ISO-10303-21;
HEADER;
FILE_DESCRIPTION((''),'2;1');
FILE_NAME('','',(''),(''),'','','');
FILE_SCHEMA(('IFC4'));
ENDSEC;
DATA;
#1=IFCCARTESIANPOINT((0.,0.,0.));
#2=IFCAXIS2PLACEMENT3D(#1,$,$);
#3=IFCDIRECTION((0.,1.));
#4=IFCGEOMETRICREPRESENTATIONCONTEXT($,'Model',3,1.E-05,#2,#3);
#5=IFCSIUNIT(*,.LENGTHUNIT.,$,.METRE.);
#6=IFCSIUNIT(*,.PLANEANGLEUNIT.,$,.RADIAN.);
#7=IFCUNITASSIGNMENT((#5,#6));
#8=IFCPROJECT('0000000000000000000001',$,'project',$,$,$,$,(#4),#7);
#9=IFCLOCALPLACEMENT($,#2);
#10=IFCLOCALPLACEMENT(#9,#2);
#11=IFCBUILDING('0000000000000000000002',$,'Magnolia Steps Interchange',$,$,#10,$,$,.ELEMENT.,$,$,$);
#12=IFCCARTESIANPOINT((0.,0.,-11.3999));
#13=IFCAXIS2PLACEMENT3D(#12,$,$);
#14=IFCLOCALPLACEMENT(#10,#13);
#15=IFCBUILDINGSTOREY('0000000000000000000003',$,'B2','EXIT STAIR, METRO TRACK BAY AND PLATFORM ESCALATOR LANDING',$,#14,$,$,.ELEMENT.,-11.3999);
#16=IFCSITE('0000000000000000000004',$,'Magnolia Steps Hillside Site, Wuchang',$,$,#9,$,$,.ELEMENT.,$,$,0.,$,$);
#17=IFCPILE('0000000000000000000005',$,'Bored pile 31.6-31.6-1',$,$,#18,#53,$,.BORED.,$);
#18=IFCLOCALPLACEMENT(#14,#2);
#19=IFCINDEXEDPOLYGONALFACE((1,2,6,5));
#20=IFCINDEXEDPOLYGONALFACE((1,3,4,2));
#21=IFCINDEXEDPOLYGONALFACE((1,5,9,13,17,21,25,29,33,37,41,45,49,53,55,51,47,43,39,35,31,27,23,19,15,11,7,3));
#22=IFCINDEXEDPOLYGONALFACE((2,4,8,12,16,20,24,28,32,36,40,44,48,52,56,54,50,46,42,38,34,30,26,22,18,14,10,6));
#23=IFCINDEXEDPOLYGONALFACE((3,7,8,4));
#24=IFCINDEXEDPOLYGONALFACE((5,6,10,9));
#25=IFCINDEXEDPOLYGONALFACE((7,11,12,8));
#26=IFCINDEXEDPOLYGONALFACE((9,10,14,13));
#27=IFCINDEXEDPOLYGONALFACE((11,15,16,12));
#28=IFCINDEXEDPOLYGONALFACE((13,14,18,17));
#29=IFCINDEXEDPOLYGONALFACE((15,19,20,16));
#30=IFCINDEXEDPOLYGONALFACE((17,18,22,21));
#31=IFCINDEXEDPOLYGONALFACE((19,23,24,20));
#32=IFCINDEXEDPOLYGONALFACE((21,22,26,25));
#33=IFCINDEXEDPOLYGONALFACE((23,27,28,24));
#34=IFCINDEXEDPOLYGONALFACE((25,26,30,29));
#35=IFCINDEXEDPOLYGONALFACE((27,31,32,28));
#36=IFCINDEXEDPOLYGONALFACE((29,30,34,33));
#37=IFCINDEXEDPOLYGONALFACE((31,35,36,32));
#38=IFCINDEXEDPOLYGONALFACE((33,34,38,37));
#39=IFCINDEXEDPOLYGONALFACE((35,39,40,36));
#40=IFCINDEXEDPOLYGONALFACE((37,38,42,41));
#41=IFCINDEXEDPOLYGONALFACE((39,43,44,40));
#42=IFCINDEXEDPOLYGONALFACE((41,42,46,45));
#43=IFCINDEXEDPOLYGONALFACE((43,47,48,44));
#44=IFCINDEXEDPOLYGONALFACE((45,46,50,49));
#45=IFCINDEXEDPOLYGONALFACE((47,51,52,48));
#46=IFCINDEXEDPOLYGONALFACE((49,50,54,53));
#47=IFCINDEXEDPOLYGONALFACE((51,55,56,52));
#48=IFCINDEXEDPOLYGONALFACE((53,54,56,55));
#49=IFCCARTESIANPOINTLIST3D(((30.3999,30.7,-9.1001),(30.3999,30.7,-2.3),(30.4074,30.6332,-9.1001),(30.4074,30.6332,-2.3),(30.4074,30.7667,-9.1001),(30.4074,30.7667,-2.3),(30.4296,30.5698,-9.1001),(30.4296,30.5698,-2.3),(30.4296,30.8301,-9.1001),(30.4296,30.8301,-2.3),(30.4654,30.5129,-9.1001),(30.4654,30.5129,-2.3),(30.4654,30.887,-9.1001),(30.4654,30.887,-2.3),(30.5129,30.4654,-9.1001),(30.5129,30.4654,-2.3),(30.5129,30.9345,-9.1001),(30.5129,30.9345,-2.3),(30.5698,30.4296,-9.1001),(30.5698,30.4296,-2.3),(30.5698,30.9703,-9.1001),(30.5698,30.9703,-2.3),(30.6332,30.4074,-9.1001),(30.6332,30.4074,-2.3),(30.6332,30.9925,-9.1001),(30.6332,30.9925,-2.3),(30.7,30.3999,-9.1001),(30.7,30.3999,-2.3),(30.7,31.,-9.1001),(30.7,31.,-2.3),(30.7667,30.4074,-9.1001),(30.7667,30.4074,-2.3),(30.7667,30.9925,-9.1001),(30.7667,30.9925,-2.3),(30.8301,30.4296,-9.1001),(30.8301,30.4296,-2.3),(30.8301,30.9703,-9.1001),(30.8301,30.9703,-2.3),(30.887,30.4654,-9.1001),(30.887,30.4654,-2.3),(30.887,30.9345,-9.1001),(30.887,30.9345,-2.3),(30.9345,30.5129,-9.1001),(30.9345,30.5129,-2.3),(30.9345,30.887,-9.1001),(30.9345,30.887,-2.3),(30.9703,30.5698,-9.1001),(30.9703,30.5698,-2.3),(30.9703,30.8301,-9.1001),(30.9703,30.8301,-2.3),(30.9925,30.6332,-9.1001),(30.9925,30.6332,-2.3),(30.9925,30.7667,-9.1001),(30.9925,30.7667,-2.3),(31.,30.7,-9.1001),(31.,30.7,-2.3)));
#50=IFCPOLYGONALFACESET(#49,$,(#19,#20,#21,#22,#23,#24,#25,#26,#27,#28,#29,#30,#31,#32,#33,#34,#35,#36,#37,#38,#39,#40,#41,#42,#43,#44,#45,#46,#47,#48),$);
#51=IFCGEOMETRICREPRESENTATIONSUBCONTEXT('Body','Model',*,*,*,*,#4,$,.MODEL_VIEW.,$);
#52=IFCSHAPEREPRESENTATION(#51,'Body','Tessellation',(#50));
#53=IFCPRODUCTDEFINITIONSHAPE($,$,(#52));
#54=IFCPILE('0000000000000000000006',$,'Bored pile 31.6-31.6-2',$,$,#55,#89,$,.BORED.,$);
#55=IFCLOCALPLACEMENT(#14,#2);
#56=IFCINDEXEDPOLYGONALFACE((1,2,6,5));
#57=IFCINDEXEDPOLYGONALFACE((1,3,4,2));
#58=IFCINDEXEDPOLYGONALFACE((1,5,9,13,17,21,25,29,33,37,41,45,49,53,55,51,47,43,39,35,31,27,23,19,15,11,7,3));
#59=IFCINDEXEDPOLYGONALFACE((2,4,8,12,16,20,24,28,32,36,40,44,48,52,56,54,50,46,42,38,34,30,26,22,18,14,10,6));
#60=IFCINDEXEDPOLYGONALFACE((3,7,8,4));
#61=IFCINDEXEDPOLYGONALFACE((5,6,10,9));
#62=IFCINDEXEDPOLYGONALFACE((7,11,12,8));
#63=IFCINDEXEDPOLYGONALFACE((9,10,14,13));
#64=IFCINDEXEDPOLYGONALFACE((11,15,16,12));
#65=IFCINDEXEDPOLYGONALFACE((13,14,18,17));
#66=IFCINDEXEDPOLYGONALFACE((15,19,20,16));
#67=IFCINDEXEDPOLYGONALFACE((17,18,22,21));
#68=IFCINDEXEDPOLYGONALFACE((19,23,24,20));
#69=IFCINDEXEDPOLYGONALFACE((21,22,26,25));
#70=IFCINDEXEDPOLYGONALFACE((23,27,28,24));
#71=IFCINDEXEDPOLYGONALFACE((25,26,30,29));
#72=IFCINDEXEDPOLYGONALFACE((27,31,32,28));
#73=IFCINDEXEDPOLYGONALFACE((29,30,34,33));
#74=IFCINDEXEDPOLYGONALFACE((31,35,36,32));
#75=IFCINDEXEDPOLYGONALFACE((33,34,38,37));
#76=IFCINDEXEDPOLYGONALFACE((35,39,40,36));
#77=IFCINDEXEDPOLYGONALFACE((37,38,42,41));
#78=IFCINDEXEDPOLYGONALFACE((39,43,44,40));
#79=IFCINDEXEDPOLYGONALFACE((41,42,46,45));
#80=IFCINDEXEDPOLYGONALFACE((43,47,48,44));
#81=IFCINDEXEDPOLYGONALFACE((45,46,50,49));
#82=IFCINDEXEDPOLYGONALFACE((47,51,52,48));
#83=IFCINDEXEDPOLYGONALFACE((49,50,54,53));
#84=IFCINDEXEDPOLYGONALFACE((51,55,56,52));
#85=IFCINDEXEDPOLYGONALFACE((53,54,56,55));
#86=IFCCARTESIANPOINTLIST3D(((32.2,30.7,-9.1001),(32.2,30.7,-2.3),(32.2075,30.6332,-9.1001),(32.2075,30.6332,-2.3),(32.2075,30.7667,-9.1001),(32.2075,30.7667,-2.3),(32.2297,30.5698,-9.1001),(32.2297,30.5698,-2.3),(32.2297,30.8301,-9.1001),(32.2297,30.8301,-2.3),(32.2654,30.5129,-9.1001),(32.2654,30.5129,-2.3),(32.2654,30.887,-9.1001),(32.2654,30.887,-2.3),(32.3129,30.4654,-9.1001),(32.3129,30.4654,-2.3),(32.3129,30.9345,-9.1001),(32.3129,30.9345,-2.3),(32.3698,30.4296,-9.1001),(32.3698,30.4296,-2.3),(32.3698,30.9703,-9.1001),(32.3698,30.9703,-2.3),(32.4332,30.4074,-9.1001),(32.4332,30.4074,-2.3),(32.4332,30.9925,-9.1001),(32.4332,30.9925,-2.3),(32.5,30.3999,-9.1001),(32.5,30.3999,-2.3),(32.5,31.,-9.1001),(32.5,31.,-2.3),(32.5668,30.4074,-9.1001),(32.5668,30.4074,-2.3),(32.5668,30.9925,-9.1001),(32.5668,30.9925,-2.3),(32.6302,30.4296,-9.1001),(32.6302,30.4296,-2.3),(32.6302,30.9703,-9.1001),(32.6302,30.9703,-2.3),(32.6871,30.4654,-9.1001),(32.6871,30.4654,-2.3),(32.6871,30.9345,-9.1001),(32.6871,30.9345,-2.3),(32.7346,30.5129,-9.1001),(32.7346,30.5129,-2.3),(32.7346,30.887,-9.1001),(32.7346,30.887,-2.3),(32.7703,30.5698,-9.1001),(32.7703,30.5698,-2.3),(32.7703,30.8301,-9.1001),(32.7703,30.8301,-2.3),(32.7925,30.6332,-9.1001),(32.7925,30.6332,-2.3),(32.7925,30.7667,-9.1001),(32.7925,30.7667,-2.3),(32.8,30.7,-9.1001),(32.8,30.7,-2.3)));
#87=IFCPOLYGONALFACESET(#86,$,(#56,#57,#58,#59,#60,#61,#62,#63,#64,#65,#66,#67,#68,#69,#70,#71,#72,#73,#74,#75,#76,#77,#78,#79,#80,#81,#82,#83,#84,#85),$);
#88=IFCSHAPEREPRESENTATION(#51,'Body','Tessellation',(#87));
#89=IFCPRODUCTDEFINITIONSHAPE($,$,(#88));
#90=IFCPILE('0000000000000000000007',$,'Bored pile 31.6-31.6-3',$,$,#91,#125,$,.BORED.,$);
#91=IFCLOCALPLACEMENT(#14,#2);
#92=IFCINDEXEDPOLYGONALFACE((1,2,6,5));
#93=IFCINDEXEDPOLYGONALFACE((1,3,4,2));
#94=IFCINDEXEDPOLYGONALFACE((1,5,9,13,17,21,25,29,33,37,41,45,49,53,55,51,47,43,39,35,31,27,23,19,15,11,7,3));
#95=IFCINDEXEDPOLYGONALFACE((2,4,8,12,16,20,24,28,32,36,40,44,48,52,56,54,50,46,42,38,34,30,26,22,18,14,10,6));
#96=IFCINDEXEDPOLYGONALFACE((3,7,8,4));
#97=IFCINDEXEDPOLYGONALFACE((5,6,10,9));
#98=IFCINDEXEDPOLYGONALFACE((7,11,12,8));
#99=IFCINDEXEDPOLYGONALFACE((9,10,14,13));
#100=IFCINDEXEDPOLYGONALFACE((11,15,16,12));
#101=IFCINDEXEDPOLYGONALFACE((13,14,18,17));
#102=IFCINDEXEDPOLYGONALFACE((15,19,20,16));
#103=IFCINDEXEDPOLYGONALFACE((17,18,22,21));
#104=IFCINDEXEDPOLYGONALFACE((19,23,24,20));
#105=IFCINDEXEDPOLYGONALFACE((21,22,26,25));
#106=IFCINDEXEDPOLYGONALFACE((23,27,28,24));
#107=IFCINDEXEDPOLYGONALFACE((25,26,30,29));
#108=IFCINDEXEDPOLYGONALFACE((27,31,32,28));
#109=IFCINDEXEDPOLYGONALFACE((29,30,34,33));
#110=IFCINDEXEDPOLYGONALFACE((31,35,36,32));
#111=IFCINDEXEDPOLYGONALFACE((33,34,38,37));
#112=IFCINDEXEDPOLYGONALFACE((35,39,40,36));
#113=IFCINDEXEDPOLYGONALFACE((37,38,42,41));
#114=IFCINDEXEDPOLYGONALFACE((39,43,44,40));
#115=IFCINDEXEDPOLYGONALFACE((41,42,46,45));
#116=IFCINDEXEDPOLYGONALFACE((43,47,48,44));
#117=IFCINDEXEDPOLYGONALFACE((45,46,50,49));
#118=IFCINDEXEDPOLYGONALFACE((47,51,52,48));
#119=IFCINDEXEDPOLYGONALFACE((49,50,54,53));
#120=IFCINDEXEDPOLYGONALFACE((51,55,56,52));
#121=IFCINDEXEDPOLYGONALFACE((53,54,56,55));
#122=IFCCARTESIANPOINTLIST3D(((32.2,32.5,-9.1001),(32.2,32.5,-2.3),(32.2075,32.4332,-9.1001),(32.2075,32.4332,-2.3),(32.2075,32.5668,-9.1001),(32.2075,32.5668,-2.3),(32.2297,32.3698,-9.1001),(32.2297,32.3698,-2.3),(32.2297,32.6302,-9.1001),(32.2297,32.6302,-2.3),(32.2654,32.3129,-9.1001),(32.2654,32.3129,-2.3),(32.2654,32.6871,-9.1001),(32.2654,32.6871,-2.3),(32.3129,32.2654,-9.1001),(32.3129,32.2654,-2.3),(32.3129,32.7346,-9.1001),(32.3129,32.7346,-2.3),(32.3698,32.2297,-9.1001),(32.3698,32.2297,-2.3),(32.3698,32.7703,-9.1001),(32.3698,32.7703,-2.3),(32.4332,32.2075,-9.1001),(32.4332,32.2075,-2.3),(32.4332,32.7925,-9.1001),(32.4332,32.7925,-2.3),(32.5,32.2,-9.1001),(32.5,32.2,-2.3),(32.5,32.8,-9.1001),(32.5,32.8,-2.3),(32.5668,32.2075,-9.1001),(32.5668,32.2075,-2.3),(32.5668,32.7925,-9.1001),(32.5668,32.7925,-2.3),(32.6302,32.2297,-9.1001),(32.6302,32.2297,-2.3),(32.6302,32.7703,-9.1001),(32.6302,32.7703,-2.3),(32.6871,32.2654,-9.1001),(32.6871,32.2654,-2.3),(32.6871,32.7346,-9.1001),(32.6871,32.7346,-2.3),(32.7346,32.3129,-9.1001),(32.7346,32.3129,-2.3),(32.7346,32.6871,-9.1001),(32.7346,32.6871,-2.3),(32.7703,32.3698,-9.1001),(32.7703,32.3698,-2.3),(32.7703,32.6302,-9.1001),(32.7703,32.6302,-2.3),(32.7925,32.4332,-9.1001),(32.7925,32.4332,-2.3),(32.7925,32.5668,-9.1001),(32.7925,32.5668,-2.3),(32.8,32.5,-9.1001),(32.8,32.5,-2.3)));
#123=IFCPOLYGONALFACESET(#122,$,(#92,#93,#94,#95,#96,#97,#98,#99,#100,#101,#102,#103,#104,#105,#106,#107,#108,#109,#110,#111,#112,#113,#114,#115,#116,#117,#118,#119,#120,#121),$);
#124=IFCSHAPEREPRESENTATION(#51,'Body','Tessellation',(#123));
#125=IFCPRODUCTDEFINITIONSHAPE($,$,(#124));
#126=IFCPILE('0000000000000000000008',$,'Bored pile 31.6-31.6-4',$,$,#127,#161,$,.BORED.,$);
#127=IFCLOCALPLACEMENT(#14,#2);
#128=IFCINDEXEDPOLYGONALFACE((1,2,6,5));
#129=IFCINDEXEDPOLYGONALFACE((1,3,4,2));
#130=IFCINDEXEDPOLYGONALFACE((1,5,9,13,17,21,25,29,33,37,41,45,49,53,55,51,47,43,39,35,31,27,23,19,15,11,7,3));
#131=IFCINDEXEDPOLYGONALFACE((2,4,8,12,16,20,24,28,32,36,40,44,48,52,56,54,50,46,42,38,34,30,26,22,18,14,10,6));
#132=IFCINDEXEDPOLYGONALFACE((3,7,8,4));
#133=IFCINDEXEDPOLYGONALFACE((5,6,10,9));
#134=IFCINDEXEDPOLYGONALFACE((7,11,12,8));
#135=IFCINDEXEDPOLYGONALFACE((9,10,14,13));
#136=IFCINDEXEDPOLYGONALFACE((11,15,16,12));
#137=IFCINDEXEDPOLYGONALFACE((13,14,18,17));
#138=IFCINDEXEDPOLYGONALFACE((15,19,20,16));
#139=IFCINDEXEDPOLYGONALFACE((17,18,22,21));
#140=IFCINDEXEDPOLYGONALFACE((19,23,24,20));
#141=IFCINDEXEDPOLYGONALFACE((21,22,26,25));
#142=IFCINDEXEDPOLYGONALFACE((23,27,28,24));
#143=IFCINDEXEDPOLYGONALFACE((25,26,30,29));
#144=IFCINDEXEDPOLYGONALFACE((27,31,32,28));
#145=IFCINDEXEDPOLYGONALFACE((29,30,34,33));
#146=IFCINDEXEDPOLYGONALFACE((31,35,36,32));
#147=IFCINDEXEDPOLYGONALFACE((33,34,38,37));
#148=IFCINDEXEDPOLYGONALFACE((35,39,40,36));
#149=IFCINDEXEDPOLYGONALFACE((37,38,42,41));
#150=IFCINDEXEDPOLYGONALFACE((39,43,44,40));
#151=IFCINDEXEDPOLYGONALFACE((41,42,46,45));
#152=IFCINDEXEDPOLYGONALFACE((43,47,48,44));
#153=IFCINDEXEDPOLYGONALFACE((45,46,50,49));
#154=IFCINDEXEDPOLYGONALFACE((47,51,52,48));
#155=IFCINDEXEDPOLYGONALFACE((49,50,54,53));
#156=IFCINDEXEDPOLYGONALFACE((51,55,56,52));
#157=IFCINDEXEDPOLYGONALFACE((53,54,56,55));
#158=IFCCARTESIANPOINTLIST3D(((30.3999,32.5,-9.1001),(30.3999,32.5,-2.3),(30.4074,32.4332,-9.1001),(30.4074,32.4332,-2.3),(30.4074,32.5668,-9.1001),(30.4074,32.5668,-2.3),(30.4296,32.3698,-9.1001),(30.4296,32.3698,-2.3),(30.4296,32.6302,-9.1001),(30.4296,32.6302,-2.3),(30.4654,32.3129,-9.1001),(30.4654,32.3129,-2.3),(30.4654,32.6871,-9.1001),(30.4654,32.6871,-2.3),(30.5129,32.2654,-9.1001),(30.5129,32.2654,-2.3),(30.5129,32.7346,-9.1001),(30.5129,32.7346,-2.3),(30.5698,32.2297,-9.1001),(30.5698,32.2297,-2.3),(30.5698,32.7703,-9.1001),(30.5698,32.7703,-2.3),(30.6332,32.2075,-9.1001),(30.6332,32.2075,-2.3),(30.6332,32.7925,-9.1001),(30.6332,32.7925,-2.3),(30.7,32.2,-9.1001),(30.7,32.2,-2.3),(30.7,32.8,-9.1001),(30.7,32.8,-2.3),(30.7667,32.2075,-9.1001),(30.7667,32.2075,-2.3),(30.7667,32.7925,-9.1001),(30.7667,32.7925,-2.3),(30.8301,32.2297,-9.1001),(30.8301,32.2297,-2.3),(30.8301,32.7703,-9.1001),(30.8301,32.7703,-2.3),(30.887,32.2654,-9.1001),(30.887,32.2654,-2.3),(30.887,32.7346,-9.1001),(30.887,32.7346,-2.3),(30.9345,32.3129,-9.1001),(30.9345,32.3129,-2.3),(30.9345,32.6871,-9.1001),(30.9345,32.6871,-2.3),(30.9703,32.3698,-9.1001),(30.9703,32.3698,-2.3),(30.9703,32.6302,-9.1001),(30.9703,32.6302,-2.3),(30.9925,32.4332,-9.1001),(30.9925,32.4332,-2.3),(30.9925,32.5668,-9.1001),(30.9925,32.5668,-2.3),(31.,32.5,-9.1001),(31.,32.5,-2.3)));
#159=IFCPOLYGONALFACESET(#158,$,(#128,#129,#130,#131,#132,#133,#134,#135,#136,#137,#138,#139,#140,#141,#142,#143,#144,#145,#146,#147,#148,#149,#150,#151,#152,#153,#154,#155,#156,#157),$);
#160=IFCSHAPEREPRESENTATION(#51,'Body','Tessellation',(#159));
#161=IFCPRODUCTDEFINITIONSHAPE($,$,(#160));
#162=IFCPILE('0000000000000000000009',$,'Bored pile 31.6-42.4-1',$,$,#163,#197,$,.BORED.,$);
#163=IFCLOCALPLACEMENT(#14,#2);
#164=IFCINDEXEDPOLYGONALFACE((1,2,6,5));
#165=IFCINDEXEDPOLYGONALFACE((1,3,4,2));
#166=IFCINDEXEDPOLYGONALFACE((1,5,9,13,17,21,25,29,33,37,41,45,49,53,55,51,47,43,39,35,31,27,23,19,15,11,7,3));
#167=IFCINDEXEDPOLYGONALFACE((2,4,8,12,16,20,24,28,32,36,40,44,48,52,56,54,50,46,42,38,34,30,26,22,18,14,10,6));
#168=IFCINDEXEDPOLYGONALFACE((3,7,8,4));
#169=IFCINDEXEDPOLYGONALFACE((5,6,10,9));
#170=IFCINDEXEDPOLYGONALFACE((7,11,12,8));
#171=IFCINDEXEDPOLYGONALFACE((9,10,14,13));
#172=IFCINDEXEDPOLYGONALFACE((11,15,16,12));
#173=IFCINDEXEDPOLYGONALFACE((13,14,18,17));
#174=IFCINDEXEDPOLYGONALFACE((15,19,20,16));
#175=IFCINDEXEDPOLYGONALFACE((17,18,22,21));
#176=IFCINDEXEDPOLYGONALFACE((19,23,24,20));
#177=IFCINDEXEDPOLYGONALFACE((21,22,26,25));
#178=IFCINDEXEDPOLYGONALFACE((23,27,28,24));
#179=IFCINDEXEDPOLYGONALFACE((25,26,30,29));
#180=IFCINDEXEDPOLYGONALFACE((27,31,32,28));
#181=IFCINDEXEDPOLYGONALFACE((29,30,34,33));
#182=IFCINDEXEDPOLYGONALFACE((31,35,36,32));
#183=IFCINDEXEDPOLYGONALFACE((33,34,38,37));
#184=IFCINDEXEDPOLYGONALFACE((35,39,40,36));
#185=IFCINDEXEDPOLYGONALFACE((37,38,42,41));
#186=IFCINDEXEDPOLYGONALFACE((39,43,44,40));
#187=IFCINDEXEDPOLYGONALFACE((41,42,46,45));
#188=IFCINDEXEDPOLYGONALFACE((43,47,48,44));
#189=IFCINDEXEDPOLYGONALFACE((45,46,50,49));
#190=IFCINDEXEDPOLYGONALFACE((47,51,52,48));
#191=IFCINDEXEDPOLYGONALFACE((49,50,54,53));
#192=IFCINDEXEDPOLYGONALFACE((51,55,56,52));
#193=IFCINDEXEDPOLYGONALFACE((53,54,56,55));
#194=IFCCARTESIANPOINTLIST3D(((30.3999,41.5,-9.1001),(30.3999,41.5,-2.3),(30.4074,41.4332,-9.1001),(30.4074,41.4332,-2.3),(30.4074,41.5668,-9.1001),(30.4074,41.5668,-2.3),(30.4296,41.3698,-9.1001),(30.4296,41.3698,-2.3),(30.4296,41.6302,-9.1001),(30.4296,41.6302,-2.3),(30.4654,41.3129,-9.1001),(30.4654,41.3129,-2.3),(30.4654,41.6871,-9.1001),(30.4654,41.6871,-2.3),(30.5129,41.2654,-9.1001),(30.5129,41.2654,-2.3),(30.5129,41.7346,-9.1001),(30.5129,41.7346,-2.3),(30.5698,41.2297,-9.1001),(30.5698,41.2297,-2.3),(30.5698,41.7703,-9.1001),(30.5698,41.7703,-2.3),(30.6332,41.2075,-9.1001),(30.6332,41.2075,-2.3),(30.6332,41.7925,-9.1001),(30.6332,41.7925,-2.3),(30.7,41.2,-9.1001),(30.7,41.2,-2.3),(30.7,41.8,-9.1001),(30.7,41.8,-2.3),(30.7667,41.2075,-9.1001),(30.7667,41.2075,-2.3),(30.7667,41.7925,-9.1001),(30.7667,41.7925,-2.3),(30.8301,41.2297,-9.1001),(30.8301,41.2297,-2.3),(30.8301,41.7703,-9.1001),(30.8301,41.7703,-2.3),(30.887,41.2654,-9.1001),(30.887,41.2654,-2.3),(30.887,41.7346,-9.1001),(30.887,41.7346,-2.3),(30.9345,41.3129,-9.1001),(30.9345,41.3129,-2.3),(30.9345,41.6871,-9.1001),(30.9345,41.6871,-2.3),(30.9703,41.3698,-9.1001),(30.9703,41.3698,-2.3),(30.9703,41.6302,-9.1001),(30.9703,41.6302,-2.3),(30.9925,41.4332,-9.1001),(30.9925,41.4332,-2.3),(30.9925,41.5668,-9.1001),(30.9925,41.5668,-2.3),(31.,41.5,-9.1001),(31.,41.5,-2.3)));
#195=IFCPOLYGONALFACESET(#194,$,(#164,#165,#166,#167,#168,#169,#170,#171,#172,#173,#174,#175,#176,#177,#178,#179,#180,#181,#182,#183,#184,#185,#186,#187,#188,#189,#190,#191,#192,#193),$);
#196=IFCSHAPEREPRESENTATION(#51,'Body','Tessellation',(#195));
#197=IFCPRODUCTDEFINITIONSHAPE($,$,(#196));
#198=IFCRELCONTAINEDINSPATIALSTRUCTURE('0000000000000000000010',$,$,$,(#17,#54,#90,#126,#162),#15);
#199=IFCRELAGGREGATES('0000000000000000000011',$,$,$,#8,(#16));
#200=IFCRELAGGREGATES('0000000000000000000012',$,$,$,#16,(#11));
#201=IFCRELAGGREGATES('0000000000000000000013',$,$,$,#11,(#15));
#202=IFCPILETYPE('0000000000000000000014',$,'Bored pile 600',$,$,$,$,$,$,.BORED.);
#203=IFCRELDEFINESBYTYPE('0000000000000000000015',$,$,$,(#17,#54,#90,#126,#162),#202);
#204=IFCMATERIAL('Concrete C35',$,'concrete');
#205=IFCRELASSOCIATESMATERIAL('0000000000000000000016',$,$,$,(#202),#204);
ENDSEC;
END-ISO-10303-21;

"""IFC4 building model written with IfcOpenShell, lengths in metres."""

from ifc_helpers import new_model, si_unit, direction, frame, origin, origin_2d, place, context, subcontext, project, spatial, circle, extrude, material, material_profile, profile_set, type_object, element, save


model = new_model("IFC4")

# Units and contexts
model_context = context("Model", 3, precision=1e-05, world=origin(), true_north=direction((0.0, 1.0)))
body_context = subcontext(model_context, "Body", "Model", "MODEL_VIEW")
ifc_project = project(units=[si_unit("LENGTHUNIT", "METRE"), si_unit("PLANEANGLEUNIT", "RADIAN")], contexts=[model_context])

# Site, building, storey
site_placement = place(None, origin())
site = spatial("IfcSite", under=ifc_project, at=site_placement, Name="Magnolia Steps Hillside Site, Wuchang", CompositionType="ELEMENT", RefElevation=0.0)
building_placement = place(site_placement, origin())
building = spatial("IfcBuilding", under=site, at=building_placement, Name="Magnolia Steps Interchange", CompositionType="ELEMENT")
storey_placement = place(building_placement, frame((0.0, 0.0, -11.3999)))
storey = spatial("IfcBuildingStorey", under=building, at=storey_placement, Name="B2", Description="EXIT STAIR, METRO TRACK BAY AND PLATFORM ESCALATOR LANDING", CompositionType="ELEMENT", Elevation=-11.3999)

# Piles
ifc_material_1 = material(Name="Concrete C35", Category="concrete")
ifc_material_profile_1 = material_profile(ifc_material_1, circle(Radius=0.3, at=origin_2d()), Name="Bored pile 600")
ifc_profile_set_1 = profile_set([ifc_material_profile_1], Name="Concrete C35")
pile_type_1 = type_object("IfcPileType", Name="Bored pile 600", PredefinedType="BORED", material=ifc_profile_set_1)
for number, where, z_axis, x_axis, name in (
    (1, (30.7, 30.7, -2.3), (0.0, 0.0, -1.0), (1.0, 0.0, 0.0), "Bored pile 31.6-31.6-1"),
    (2, (32.5, 30.7, -2.3), (0.0, 0.0, -1.0), (1.0, 0.0, 0.0), "Bored pile 31.6-31.6-2"),
    (3, (32.5, 32.5, -2.3), (0.0, 0.0, -1.0), (1.0, 0.0, 0.0), "Bored pile 31.6-31.6-3"),
    (4, (30.7, 32.5, -2.3), (0.0, 0.0, -1.0), (1.0, 0.0, 0.0), "Bored pile 31.6-31.6-4"),
    (5, (30.7, 41.5, -2.3), (0.0, 0.0, -1.0), (1.0, 0.0, 0.0), "Bored pile 31.6-42.4-1"),
):
    element("IfcPile", number, at=place(storey_placement, frame(where, z_axis=z_axis, x_axis=x_axis)), inside=storey, type_object=pile_type_1, Name=name, PredefinedType="BORED", context=body_context, shape_type="SweptSolid", body=[
        extrude(circle(Radius=0.3, at=origin_2d()), origin(), (0.0, 0.0, 1.0), 6.8),
    ])

save(model, "model.ifc")
